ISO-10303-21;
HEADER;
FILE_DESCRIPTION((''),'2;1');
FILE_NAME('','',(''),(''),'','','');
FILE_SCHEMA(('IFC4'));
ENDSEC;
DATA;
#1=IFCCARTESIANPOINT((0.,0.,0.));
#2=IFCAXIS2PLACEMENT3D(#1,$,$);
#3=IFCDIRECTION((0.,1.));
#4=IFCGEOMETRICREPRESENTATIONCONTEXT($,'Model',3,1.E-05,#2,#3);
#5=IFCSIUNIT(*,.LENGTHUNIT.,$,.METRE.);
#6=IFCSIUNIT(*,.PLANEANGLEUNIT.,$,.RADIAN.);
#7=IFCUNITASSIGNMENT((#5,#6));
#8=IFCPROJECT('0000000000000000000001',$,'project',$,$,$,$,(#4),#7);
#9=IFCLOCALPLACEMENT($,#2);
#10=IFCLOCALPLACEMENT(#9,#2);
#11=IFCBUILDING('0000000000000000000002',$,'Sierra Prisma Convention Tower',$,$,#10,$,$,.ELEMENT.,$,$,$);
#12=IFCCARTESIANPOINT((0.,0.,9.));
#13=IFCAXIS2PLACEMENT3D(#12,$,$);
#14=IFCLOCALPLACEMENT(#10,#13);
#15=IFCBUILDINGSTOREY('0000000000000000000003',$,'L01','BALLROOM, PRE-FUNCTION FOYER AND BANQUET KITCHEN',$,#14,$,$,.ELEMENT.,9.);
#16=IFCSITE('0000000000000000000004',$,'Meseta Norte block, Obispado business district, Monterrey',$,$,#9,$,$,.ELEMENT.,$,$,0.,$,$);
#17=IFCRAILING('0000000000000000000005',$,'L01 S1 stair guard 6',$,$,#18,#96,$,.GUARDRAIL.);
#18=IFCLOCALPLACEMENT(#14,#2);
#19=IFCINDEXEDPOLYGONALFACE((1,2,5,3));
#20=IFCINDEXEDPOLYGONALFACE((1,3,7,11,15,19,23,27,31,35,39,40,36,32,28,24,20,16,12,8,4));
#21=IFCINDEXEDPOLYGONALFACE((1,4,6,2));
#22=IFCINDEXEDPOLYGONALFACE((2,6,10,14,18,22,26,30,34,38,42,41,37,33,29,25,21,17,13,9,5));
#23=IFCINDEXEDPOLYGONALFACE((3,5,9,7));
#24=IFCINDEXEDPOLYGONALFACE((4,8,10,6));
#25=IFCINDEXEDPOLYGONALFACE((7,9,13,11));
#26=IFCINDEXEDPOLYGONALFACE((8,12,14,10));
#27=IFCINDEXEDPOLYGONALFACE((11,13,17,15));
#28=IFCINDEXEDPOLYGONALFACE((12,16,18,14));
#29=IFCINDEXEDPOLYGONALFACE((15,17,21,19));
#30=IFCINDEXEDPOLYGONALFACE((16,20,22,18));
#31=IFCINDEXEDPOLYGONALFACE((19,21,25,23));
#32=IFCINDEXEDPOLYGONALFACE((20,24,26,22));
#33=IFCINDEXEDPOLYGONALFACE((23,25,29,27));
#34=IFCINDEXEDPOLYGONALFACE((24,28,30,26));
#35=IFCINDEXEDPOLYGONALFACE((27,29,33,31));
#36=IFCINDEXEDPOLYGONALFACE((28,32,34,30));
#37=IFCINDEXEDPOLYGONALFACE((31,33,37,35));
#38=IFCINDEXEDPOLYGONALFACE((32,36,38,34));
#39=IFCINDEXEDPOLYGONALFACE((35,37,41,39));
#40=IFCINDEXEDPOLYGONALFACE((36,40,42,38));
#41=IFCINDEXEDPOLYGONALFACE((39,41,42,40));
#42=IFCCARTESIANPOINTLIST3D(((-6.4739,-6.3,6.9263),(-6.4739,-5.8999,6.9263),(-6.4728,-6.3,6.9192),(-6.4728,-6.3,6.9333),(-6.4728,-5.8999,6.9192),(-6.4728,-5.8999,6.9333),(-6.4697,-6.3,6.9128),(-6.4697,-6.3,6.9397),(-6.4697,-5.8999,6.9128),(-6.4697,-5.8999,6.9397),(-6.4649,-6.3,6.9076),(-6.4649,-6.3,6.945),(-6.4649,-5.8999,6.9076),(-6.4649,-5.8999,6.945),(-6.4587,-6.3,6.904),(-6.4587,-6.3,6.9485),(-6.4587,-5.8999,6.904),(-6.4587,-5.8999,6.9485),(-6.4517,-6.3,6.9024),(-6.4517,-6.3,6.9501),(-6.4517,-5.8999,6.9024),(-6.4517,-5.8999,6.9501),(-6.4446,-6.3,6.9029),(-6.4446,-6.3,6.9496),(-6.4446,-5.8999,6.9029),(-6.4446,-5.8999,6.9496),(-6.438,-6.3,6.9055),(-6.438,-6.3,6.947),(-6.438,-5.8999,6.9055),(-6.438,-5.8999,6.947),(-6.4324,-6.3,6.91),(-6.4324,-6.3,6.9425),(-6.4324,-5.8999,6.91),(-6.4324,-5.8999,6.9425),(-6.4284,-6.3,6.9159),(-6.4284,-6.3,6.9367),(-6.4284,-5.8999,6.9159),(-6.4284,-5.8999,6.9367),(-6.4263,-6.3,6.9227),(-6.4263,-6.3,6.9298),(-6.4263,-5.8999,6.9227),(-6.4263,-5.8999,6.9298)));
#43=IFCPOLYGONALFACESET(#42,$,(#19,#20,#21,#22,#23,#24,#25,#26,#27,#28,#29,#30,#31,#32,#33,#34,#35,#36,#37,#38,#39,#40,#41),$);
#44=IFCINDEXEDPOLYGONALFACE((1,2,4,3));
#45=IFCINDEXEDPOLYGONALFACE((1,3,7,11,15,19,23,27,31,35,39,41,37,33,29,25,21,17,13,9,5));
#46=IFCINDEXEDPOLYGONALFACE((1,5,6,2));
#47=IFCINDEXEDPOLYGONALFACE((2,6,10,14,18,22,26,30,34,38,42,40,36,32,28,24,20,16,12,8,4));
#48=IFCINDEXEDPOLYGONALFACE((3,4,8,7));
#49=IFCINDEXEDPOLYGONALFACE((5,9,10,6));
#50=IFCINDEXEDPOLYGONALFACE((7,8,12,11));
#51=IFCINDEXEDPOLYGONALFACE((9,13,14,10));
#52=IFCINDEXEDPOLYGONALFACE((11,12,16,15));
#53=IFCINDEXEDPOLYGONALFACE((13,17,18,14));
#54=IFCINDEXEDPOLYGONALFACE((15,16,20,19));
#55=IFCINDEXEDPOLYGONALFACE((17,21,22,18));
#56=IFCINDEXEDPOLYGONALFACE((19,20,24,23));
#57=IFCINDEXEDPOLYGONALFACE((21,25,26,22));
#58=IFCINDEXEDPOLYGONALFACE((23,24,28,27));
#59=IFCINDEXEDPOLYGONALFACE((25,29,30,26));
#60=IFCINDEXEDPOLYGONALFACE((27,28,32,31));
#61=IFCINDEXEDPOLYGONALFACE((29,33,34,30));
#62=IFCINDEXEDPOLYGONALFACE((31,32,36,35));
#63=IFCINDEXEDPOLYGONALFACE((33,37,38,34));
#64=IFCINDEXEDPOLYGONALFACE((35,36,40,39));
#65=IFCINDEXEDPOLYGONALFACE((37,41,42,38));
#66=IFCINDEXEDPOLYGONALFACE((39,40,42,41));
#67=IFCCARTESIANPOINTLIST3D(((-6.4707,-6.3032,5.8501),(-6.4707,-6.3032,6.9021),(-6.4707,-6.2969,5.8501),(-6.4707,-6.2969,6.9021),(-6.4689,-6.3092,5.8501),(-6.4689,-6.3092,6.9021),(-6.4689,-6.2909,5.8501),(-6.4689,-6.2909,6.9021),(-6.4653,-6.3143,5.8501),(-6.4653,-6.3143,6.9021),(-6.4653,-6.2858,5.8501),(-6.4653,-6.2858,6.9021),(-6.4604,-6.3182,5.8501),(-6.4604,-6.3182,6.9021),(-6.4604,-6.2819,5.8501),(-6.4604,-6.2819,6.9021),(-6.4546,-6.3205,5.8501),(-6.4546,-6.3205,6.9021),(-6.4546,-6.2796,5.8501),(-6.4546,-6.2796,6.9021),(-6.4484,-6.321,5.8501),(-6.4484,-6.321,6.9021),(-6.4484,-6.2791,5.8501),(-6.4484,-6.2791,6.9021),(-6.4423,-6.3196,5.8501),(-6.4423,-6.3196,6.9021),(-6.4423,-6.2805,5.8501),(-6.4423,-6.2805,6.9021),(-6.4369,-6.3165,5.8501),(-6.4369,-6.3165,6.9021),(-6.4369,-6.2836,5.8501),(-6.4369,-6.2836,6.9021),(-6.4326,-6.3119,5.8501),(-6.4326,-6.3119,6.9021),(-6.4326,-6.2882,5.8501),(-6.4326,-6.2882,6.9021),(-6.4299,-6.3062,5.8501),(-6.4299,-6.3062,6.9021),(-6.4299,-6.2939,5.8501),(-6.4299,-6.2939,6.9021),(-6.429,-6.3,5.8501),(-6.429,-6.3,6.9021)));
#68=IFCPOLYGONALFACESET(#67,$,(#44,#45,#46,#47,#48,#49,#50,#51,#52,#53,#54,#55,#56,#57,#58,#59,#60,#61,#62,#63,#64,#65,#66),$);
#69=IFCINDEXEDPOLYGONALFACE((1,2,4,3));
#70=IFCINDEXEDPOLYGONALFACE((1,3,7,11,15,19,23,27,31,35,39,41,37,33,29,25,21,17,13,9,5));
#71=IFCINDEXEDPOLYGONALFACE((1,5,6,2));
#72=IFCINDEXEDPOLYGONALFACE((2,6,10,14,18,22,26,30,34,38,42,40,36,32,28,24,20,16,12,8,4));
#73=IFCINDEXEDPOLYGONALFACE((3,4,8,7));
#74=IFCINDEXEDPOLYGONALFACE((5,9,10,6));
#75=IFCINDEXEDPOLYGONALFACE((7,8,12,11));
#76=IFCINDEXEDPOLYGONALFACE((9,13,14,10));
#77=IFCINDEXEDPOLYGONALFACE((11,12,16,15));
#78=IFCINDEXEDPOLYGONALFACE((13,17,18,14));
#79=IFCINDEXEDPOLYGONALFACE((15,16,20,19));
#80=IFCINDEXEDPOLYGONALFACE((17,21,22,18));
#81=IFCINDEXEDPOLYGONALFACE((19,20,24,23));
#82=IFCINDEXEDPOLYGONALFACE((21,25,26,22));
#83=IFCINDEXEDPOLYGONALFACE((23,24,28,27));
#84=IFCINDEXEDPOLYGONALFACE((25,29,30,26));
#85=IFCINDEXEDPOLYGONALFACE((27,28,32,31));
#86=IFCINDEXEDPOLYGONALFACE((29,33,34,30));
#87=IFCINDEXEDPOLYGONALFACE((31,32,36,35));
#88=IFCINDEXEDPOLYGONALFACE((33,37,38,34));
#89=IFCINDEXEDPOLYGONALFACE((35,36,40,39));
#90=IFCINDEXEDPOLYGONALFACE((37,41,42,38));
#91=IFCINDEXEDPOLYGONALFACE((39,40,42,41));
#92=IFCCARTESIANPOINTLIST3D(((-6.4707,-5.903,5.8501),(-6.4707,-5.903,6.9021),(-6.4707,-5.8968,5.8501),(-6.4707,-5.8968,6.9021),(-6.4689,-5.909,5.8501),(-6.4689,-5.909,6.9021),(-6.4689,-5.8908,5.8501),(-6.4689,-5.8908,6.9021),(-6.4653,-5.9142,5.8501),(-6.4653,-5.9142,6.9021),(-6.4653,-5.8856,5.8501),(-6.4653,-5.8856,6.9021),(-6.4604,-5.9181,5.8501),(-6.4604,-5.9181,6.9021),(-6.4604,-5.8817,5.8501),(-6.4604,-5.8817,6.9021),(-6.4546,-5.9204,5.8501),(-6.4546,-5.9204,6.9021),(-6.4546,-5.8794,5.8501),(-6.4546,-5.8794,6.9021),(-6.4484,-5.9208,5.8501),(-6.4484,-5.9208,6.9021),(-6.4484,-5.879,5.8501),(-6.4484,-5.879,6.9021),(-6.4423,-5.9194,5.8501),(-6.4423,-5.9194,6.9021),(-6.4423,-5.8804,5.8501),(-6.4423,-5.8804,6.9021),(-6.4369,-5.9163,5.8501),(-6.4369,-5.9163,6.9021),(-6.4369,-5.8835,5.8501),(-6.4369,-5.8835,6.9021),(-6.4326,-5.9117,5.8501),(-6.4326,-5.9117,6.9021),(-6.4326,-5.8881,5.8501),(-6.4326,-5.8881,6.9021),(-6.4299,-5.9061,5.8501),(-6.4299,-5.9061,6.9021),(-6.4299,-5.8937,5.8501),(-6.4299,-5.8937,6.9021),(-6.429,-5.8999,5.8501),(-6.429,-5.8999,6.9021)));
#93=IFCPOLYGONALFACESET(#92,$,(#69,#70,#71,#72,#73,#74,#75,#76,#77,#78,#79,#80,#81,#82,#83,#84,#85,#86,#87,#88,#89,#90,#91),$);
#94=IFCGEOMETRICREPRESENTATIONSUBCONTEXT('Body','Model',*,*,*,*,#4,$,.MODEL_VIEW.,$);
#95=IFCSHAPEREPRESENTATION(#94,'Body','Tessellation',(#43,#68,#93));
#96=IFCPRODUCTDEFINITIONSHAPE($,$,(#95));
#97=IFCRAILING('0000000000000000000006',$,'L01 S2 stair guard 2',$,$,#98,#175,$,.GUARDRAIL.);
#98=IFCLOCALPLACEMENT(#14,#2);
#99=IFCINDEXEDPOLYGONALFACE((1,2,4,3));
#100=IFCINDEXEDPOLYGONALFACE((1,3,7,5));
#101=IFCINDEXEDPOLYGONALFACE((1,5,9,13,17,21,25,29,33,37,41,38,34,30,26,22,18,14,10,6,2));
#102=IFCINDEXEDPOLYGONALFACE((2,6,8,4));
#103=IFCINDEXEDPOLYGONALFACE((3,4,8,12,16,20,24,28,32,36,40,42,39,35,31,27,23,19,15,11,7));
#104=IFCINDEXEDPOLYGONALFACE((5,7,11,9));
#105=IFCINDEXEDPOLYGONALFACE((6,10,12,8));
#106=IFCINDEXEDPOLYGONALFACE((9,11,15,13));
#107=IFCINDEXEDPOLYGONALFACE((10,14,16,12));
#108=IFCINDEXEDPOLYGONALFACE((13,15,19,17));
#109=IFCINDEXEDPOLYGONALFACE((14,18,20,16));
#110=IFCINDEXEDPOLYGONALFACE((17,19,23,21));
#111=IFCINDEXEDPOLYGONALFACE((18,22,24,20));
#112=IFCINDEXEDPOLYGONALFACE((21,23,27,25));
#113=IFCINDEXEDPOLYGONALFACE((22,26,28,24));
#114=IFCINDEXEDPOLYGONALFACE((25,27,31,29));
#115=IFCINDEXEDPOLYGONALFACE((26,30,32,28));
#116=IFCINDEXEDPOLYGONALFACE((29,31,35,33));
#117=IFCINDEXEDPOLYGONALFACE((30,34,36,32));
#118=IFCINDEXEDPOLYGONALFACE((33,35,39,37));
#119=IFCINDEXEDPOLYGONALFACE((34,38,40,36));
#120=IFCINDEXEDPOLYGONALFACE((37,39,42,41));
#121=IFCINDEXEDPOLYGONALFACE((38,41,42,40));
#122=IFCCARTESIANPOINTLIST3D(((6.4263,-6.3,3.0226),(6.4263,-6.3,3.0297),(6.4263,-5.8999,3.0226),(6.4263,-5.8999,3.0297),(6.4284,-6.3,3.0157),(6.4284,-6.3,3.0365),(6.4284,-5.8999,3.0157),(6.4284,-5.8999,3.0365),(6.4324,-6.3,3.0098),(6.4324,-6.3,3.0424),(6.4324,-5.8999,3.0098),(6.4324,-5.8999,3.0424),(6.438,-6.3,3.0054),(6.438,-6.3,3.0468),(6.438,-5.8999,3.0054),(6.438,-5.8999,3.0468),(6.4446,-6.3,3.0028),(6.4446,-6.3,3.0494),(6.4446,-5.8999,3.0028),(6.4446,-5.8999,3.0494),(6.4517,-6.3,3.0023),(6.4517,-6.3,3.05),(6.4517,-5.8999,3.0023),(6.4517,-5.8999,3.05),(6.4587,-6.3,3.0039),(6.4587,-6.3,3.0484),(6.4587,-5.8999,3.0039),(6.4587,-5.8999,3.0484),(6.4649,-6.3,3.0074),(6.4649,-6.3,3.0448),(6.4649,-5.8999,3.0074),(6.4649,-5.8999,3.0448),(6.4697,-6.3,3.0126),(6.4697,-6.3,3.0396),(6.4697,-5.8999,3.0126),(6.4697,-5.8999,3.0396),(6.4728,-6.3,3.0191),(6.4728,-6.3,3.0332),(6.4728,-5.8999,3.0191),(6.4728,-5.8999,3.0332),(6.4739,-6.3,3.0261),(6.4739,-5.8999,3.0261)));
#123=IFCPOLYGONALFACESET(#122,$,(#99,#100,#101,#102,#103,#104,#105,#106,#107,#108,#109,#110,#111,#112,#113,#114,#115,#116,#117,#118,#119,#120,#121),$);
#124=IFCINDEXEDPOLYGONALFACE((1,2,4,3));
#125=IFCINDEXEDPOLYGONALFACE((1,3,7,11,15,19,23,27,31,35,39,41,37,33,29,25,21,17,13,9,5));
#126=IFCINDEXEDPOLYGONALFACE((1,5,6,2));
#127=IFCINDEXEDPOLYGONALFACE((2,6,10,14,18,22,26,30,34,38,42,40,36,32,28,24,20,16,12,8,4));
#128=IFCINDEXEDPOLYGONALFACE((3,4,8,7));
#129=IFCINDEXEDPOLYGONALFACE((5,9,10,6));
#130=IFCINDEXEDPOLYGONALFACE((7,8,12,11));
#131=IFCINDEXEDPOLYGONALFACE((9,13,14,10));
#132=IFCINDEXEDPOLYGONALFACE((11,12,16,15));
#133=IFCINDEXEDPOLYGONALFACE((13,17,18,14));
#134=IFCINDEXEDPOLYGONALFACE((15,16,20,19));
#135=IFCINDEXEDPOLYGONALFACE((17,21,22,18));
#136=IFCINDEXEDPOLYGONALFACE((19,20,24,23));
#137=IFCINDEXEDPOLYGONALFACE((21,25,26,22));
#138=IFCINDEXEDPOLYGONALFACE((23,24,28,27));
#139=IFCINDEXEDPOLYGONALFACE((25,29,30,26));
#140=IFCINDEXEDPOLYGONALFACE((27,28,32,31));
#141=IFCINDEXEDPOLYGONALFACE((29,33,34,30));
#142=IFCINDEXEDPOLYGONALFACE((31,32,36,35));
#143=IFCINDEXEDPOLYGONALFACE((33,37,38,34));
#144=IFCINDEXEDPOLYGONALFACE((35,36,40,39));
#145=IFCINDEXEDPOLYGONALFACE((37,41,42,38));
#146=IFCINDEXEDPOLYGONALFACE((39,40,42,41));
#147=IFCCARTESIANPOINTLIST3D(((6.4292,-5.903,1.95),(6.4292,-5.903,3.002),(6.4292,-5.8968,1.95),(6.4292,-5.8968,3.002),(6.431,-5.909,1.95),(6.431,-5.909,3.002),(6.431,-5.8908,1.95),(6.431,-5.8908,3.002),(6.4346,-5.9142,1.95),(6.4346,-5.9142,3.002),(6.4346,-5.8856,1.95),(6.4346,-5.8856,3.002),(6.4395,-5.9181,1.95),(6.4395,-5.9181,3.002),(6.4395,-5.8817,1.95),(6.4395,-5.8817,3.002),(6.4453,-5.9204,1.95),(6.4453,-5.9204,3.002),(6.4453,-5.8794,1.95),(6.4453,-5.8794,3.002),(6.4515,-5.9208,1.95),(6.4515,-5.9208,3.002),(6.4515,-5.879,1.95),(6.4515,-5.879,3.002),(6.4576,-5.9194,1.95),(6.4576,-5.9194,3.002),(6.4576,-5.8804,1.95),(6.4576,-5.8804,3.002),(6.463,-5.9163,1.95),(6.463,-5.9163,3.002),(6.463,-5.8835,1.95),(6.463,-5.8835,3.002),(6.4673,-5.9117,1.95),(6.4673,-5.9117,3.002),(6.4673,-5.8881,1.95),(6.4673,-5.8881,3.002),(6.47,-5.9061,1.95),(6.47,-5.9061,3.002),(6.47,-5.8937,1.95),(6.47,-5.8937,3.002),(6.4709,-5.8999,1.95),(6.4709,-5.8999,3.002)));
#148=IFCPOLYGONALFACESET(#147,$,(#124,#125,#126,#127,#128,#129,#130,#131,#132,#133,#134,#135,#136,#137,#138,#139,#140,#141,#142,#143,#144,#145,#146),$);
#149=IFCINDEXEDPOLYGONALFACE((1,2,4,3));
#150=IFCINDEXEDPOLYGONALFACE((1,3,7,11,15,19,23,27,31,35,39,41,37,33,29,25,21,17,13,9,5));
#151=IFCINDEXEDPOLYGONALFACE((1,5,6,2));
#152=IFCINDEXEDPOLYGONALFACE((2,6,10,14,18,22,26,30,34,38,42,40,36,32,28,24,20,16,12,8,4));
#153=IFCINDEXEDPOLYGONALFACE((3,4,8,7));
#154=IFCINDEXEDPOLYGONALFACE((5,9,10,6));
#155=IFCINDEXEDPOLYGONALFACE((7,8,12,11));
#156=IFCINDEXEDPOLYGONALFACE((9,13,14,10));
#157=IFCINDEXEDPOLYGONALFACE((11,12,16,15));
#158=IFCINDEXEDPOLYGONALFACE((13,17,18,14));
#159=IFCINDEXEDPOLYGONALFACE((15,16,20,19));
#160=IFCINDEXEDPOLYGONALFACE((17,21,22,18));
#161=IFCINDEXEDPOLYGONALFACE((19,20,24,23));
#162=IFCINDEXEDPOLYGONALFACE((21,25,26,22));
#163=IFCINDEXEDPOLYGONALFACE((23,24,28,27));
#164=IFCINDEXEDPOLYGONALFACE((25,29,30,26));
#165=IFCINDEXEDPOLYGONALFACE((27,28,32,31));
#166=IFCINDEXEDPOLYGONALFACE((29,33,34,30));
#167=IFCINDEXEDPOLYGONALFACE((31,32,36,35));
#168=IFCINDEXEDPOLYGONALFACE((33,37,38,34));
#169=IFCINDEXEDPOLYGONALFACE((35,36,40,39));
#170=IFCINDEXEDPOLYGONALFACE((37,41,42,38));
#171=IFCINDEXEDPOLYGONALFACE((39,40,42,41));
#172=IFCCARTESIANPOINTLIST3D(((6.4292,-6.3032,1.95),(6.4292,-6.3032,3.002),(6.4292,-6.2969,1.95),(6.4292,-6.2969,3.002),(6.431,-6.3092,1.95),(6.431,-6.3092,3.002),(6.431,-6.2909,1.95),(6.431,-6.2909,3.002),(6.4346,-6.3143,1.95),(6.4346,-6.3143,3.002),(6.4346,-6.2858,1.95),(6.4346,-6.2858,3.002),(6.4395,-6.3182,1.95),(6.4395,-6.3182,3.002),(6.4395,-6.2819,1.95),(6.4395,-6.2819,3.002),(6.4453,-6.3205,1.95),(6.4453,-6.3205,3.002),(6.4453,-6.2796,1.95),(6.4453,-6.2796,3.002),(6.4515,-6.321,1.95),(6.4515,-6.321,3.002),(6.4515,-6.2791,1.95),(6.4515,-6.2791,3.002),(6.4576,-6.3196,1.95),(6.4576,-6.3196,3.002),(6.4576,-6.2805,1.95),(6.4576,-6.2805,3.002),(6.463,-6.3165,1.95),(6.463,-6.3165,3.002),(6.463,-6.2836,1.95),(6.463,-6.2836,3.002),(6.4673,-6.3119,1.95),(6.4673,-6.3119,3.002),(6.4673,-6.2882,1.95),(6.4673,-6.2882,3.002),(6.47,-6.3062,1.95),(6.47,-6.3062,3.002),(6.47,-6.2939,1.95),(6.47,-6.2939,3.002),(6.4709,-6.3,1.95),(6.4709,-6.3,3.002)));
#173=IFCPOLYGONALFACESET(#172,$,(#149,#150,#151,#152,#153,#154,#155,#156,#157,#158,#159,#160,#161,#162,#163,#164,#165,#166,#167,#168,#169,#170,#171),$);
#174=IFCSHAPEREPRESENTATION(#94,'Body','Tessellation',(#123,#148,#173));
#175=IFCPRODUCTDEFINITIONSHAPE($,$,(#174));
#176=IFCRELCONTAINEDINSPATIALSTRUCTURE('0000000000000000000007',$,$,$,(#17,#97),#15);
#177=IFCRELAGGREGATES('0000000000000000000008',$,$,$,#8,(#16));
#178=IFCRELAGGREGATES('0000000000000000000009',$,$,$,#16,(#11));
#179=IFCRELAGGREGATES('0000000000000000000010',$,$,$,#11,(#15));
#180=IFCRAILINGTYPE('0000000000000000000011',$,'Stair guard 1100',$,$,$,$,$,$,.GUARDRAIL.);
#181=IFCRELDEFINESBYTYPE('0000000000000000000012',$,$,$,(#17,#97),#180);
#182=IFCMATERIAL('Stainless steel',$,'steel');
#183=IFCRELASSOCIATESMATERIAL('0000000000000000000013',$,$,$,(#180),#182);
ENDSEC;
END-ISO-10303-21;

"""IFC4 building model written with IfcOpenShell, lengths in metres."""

from ifc_helpers import new_model, si_unit, direction, frame, origin, origin_2d, place, context, subcontext, project, spatial, circle, extrude, material, type_object, element, save


model = new_model("IFC4")

# Units and contexts
model_context = context("Model", 3, precision=1e-05, world=origin(), true_north=direction((0.0, 1.0)))
body_context = subcontext(model_context, "Body", "Model", "MODEL_VIEW")
ifc_project = project(units=[si_unit("LENGTHUNIT", "METRE"), si_unit("PLANEANGLEUNIT", "RADIAN")], contexts=[model_context])

# Site, building, storey
site_placement = place(None, origin())
site = spatial("IfcSite", under=ifc_project, at=site_placement, Name="Meseta Norte block, Obispado business district, Monterrey", CompositionType="ELEMENT", RefElevation=0.0)
building_placement = place(site_placement, origin())
building = spatial("IfcBuilding", under=site, at=building_placement, Name="Sierra Prisma Convention Tower", CompositionType="ELEMENT")
storey_placement = place(building_placement, frame((0.0, 0.0, 9.0)))
storey = spatial("IfcBuildingStorey", under=building, at=storey_placement, Name="L01", Description="BALLROOM, PRE-FUNCTION FOYER AND BANQUET KITCHEN", CompositionType="ELEMENT", Elevation=9.0)

# Railings
ifc_material_1 = material(Name="Stainless steel", Category="steel")
railing_type_1 = type_object("IfcRailingType", Name="Stair guard 1100", PredefinedType="GUARDRAIL", material=ifc_material_1)
railing_placement = place(storey_placement, frame((-6.45, -6.3, 5.8501)))
element("IfcRailing", 1, at=railing_placement, inside=storey, type_object=railing_type_1, Name="L01 S1 stair guard 6", PredefinedType="GUARDRAIL", context=body_context, shape_type="SweptSolid", body=[
    extrude(circle(Radius=0.0239, at=origin_2d()), frame((0.0, 0.0, 1.0762), z_axis=(0.0, 1.0, 0.0), x_axis=(-1.0, 0.0, 0.0)), (0.0, 0.0, 1.0), 0.4001),
    extrude(circle(Radius=0.021, at=origin_2d()), origin(), (0.0, 0.0, 1.0), 1.052),
    extrude(circle(Radius=0.021, at=origin_2d()), frame((0.0, 0.4001, 0.0)), (0.0, 0.0, 1.0), 1.052),
])
for number, where, name in (
    (2, (6.45, -5.8999, 1.95), "L01 S2 stair guard 2"),
):
    element("IfcRailing", number, at=place(storey_placement, frame(where)), inside=storey, type_object=railing_type_1, Name=name, PredefinedType="GUARDRAIL", context=body_context, shape_type="SweptSolid", body=[
        extrude(circle(Radius=0.0239, at=origin_2d()), frame((0.0, 0.0, 1.0762), z_axis=(0.0, -1.0, 0.0), x_axis=(1.0, 0.0, 0.0)), (0.0, 0.0, 1.0), 0.4001),
        extrude(circle(Radius=0.021, at=origin_2d()), origin(), (0.0, 0.0, 1.0), 1.052),
        extrude(circle(Radius=0.021, at=origin_2d()), frame((0.0, -0.4001, 0.0)), (0.0, 0.0, 1.0), 1.052),
    ])

save(model, "model.ifc")
